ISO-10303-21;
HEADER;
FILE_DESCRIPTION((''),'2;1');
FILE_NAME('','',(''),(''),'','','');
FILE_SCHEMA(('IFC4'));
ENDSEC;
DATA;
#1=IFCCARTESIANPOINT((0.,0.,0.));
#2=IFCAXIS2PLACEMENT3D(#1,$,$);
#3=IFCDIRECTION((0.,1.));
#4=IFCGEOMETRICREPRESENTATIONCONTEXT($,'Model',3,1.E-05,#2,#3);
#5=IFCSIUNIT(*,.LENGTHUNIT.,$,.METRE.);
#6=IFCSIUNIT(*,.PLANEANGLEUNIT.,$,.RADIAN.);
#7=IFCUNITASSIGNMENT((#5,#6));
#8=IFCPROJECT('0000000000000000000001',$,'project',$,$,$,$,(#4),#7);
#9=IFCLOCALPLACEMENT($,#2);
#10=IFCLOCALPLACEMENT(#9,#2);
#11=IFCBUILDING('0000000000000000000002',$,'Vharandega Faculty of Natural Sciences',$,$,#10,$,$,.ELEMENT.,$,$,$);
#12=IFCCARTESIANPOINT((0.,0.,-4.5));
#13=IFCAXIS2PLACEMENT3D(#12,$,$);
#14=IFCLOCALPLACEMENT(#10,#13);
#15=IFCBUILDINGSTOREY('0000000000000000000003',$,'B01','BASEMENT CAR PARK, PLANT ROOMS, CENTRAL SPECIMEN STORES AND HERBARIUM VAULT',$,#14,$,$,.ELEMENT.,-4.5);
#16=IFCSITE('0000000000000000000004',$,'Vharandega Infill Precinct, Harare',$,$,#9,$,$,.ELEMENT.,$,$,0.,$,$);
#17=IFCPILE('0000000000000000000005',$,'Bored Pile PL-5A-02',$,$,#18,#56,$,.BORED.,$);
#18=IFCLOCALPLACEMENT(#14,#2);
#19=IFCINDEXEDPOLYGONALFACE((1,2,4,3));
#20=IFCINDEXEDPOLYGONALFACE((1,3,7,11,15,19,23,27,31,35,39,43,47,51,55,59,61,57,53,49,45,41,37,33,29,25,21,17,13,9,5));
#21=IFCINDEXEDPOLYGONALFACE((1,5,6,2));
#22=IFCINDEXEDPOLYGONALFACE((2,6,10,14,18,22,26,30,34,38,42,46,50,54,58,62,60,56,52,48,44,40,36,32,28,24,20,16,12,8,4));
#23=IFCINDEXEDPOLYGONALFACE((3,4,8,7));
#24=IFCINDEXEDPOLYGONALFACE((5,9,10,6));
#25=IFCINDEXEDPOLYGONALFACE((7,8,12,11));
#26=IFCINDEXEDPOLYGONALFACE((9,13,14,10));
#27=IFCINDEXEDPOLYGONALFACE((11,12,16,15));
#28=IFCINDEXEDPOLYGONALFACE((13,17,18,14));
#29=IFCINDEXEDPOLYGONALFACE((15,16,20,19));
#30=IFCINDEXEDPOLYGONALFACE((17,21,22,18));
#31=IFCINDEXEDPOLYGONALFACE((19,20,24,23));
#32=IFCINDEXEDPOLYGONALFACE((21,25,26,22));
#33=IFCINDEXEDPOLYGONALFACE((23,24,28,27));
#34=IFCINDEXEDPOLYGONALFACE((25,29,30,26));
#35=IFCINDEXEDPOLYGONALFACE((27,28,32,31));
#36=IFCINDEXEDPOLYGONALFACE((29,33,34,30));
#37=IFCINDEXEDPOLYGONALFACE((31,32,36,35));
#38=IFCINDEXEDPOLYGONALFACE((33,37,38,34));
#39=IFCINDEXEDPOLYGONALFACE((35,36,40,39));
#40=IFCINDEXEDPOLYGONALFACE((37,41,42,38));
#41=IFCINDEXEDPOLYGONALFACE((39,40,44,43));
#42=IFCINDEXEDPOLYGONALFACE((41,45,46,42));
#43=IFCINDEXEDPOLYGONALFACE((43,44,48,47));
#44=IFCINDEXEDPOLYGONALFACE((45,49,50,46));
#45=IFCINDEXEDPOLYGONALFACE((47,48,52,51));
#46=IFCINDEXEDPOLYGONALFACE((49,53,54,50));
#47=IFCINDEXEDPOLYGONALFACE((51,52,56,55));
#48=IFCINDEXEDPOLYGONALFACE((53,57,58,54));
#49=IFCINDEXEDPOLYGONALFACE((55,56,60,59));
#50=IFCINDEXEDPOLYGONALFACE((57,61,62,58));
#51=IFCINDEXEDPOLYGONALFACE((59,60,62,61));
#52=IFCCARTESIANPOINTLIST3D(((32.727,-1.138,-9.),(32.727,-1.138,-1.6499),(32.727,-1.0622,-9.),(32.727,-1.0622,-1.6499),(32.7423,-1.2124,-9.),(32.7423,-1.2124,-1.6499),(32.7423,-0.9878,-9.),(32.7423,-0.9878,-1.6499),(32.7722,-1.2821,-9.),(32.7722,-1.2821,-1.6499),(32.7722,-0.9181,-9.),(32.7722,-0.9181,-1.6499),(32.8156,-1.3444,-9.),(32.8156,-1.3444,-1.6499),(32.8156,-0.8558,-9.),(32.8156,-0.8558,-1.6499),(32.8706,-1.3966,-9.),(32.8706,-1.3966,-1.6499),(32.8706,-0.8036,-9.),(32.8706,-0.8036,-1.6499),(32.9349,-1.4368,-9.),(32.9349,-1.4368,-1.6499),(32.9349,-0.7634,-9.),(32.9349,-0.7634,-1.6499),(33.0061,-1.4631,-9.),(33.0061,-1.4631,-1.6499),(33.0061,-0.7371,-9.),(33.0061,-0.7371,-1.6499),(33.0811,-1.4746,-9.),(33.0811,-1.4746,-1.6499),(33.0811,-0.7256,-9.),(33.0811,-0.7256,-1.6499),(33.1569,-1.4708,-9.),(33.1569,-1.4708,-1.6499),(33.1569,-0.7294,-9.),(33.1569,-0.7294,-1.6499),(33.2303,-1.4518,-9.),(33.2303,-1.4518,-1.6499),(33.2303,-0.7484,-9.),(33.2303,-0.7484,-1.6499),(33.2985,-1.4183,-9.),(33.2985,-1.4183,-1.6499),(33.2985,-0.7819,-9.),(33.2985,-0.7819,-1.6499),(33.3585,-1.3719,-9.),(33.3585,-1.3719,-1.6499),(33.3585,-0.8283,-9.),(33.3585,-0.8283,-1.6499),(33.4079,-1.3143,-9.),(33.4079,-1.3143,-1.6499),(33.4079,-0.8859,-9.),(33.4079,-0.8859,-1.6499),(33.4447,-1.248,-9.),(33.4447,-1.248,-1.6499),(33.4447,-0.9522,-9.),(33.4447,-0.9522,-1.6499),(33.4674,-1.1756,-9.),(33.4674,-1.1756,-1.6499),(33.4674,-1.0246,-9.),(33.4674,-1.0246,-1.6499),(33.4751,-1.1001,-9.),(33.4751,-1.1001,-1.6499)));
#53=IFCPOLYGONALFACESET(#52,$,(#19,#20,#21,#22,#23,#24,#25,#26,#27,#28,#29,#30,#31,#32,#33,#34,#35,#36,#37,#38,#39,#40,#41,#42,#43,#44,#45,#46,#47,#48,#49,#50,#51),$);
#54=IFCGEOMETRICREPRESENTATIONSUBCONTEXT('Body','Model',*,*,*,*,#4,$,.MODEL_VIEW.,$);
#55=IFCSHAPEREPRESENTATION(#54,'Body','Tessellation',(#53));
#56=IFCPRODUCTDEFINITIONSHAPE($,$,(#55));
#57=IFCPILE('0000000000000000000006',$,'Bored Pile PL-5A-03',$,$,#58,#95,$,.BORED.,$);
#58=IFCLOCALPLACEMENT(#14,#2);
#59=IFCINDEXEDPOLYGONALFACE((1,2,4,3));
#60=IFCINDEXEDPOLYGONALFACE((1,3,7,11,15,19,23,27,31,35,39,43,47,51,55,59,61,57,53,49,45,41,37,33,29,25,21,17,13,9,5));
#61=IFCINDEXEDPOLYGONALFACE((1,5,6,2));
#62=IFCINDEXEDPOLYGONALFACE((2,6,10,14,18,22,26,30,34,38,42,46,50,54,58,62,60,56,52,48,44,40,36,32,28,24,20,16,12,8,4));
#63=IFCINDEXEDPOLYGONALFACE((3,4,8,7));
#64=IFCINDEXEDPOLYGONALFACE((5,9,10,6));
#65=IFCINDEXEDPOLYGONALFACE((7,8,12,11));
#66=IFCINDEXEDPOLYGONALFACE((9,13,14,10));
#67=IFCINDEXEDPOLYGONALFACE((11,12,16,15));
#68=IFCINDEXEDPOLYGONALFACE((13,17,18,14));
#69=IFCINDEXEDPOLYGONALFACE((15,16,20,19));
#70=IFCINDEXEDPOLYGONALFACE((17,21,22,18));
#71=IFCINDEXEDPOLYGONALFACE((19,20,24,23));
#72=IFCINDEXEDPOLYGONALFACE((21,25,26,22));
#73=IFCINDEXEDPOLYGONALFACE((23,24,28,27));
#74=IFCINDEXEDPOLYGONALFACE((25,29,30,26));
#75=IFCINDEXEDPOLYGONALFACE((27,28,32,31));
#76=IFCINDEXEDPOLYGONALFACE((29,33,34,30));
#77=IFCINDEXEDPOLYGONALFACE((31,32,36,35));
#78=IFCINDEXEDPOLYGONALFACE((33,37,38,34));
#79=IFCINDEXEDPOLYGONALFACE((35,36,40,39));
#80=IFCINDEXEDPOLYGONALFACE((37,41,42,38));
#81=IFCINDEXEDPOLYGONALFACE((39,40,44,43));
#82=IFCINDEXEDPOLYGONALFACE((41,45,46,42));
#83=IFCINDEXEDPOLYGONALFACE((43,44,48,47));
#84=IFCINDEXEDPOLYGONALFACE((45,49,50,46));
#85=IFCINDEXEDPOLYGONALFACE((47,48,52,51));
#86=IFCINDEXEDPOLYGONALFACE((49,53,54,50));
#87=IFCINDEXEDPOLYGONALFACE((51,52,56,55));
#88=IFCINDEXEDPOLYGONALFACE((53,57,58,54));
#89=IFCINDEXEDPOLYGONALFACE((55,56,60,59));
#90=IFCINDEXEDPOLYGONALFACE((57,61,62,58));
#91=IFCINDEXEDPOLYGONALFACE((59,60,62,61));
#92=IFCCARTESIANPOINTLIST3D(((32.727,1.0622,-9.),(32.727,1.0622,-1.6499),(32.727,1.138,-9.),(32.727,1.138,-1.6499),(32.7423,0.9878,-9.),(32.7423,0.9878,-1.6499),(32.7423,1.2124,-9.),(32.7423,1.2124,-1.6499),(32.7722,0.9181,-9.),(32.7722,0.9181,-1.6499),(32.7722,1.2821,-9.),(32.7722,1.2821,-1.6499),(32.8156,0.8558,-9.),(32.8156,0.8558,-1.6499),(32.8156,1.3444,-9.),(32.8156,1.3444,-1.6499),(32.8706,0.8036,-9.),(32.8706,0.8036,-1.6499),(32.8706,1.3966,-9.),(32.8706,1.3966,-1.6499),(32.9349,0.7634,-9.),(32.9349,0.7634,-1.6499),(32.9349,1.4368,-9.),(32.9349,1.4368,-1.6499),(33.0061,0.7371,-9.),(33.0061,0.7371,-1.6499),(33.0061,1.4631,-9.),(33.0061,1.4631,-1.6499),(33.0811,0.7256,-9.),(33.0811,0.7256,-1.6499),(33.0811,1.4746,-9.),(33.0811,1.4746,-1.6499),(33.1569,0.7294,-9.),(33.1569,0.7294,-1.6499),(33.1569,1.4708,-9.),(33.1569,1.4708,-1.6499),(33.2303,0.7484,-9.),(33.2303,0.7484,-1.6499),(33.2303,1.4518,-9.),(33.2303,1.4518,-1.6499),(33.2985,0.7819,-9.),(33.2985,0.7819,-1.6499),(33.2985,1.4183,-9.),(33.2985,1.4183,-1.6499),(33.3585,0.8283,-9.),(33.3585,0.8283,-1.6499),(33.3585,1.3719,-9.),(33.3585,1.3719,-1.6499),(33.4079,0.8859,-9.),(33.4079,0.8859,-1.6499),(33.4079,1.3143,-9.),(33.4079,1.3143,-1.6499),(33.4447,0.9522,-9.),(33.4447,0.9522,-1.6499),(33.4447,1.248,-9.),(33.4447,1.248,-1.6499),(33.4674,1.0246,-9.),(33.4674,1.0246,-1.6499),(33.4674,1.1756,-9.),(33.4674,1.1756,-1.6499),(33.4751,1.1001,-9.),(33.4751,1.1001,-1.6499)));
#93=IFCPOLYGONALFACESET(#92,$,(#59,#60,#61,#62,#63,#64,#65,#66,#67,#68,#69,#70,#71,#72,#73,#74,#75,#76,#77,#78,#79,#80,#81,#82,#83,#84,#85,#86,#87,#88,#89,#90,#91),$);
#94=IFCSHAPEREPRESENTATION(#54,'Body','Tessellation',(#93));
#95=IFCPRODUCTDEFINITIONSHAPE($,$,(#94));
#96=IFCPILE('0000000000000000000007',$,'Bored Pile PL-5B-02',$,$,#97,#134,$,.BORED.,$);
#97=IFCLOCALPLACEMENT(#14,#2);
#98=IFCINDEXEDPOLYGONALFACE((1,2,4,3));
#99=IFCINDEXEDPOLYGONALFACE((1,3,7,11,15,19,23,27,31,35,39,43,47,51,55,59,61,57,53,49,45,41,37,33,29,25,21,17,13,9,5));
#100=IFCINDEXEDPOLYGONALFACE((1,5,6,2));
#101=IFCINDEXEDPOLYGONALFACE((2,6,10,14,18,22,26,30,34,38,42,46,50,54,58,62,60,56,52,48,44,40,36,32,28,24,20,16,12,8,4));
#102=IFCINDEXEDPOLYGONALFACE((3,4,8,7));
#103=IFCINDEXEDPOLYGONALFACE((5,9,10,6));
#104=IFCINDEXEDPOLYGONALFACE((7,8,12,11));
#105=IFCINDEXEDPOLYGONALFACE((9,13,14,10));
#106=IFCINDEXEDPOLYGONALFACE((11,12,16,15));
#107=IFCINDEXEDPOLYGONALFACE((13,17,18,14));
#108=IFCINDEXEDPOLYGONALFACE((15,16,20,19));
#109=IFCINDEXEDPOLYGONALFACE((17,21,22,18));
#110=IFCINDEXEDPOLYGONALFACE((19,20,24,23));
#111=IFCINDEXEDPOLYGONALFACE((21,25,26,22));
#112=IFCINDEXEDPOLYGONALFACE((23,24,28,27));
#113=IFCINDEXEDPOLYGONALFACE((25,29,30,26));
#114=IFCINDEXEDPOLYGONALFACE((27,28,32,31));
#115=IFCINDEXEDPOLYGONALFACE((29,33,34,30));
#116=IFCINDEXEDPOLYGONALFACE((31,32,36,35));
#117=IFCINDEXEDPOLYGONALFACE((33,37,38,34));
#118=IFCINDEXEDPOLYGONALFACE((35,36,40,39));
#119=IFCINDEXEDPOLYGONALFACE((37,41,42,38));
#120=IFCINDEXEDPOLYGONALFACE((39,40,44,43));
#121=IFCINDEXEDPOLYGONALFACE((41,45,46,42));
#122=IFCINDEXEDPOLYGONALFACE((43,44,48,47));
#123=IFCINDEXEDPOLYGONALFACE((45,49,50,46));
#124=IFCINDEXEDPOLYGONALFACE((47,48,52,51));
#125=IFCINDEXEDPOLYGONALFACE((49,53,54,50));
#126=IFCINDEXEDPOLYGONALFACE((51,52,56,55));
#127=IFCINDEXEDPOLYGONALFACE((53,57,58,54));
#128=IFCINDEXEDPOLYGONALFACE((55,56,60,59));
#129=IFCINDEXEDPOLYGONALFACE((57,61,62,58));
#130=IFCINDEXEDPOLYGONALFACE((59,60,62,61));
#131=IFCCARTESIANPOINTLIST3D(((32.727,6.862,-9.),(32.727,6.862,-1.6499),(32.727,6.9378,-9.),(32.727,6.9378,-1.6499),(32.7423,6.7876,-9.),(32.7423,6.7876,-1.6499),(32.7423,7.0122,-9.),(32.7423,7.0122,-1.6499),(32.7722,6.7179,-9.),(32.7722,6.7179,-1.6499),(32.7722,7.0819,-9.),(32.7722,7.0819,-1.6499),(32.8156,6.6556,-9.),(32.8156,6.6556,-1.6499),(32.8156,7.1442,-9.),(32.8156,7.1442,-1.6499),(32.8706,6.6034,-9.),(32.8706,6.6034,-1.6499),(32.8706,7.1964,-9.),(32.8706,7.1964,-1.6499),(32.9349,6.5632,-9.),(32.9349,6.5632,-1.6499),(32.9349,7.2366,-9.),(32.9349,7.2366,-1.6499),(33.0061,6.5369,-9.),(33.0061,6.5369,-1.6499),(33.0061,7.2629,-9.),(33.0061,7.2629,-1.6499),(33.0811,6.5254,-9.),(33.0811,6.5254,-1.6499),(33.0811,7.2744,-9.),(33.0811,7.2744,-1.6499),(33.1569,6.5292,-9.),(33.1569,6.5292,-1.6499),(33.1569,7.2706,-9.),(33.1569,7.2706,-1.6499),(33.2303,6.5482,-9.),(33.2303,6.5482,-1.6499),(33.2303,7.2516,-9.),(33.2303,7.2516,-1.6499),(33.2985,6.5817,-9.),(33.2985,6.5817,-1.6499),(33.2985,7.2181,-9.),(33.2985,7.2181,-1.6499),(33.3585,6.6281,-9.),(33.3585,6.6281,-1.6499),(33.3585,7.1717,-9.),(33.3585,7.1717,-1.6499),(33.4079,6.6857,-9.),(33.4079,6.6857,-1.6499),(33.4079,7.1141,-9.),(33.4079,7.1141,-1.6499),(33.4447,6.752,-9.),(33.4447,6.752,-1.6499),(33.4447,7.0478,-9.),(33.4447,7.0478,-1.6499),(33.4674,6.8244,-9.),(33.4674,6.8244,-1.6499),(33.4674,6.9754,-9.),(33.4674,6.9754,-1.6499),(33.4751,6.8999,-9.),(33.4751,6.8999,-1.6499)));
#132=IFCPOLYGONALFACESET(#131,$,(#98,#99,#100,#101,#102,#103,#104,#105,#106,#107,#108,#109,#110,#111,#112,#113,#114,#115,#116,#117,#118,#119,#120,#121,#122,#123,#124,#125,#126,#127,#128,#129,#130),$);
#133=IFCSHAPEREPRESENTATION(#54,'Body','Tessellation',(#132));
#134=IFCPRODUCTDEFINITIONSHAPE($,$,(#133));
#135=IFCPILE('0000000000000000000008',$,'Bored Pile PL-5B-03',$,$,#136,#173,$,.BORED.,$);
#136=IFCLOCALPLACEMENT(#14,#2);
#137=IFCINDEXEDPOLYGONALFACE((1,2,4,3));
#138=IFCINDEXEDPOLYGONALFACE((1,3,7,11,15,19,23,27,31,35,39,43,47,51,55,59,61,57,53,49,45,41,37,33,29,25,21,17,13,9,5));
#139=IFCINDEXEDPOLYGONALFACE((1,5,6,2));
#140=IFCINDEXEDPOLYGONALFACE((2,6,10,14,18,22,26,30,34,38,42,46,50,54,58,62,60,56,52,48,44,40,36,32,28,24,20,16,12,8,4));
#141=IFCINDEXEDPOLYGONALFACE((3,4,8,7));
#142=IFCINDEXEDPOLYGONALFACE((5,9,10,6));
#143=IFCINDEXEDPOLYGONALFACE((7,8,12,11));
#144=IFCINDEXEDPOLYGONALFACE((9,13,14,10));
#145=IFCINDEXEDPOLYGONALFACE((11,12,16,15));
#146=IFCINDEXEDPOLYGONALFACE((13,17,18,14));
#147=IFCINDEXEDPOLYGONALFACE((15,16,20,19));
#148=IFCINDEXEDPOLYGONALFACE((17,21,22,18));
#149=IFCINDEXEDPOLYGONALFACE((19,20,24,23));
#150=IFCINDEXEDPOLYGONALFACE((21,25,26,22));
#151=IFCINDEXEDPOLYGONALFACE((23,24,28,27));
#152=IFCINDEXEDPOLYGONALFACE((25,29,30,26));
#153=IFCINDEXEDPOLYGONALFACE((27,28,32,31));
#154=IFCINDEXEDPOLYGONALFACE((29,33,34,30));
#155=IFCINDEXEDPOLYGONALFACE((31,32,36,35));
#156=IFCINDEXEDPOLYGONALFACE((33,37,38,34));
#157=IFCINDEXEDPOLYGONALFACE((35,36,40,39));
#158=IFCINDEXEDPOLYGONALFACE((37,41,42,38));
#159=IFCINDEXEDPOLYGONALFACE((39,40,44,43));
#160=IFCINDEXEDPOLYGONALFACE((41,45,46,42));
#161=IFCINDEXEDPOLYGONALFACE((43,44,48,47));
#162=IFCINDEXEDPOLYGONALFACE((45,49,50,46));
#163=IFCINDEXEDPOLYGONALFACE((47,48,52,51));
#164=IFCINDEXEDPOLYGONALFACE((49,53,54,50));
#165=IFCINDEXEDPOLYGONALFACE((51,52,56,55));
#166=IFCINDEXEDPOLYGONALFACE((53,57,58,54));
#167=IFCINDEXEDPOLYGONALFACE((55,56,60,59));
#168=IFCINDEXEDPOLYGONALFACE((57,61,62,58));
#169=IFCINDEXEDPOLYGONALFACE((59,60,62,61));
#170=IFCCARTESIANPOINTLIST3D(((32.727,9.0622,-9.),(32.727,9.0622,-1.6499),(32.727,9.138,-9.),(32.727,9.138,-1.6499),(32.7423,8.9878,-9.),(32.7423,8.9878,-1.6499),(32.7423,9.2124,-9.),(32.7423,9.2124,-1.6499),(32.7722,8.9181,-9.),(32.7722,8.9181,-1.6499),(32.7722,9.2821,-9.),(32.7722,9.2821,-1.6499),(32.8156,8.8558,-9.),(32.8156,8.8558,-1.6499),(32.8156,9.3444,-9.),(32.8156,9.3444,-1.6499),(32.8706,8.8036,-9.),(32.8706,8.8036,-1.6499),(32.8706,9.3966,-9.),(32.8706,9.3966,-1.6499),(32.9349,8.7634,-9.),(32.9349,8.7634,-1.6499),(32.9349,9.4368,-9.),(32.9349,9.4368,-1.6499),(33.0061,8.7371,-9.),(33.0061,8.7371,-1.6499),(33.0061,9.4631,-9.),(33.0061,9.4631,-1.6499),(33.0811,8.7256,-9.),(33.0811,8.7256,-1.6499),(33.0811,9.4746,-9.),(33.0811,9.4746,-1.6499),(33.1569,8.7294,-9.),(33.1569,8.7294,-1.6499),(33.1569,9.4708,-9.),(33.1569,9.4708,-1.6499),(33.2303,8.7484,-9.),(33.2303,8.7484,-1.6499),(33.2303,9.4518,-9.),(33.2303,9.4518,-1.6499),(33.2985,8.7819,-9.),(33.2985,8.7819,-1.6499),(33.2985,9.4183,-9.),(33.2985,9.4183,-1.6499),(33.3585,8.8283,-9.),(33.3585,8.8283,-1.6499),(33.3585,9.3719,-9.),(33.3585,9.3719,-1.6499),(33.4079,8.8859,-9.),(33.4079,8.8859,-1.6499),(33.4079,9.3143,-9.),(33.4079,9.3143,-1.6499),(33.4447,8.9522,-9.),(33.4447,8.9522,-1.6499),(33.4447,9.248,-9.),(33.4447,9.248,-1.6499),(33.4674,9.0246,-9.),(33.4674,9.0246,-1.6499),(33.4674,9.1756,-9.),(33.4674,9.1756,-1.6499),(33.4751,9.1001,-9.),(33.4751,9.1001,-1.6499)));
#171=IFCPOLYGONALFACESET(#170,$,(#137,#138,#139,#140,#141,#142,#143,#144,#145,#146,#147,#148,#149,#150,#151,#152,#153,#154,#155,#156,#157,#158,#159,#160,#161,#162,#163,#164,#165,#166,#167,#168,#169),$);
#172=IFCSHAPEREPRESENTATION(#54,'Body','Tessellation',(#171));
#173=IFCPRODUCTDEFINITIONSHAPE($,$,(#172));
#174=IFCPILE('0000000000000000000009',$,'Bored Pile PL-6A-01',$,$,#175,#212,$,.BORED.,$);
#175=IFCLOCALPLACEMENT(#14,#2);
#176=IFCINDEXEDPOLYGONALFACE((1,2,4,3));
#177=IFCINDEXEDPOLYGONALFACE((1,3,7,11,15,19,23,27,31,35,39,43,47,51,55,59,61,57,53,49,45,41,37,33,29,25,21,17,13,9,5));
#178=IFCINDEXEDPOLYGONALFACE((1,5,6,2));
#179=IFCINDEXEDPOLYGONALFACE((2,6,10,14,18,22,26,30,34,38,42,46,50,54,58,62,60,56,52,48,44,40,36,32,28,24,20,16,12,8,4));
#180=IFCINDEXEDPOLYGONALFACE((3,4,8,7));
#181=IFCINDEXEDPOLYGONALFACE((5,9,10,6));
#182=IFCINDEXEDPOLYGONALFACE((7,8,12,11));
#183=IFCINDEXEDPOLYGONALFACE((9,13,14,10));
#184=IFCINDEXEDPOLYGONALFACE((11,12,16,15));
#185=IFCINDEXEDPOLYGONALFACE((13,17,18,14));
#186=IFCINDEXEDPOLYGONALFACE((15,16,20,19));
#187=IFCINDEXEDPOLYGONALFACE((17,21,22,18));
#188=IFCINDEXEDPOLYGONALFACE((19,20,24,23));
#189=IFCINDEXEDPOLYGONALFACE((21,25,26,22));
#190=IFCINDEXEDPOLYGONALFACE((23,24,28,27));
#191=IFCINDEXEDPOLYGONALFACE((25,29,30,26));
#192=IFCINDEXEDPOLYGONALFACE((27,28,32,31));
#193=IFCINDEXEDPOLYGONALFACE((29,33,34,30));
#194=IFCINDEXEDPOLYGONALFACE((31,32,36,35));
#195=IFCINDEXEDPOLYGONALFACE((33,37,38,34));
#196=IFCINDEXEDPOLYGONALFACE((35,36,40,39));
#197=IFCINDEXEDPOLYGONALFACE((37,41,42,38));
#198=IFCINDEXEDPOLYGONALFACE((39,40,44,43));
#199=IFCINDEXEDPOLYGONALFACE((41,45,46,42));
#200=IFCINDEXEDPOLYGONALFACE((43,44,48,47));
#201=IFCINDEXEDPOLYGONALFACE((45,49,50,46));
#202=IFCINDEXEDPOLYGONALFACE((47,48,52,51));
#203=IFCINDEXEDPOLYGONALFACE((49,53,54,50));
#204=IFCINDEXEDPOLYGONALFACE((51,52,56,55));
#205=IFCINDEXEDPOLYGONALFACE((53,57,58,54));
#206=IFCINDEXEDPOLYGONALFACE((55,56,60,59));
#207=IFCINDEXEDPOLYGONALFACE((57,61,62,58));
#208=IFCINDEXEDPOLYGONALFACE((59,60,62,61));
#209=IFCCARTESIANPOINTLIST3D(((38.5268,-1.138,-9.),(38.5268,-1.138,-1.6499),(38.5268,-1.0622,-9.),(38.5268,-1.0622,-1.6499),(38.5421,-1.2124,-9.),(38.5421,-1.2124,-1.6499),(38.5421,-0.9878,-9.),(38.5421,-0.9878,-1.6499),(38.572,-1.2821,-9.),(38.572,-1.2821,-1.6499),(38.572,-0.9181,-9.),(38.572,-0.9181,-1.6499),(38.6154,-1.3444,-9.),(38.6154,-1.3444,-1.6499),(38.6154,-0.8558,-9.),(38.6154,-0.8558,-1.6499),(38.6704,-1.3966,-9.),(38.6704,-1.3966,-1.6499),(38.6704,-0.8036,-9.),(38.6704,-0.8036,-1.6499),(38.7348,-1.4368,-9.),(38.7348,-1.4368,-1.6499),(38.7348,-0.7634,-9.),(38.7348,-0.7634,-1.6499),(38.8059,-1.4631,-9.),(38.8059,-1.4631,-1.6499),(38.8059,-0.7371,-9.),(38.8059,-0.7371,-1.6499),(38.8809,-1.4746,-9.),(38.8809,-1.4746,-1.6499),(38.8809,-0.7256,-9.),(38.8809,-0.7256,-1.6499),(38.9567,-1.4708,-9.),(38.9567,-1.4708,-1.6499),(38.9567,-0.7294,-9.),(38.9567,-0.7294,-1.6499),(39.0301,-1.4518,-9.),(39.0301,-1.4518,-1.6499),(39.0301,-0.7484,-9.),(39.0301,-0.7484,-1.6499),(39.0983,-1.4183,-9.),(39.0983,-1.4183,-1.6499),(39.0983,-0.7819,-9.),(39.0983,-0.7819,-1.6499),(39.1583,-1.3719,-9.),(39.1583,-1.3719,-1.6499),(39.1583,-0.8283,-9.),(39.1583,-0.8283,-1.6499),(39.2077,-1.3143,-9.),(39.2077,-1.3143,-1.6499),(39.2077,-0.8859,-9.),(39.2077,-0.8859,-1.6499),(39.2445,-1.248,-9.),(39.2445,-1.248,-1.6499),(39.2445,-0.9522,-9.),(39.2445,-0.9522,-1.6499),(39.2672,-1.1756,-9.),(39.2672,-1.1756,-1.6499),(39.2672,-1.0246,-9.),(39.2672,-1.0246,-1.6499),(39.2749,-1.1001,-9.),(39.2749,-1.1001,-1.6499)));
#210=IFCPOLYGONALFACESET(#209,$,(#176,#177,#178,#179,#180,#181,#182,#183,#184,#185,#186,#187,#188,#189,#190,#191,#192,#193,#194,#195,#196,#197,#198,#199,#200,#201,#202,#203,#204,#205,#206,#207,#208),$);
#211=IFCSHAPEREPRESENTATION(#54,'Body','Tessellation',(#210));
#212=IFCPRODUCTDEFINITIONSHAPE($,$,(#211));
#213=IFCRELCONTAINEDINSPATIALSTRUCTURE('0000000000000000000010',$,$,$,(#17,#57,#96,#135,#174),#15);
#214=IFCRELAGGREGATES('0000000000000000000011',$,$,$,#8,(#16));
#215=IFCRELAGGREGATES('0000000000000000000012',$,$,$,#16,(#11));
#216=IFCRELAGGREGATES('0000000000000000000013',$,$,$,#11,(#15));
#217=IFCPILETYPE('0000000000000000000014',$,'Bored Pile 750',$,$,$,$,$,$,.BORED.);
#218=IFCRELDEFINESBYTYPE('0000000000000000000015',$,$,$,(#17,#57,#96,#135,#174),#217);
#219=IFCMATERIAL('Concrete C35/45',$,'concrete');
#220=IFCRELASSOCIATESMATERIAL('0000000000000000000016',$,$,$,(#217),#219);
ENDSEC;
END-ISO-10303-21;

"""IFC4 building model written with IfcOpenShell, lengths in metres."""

from ifc_helpers import new_model, si_unit, direction, frame, origin, origin_2d, place, context, subcontext, project, spatial, circle, extrude, material, material_profile, profile_set, type_object, element, save


model = new_model("IFC4")

# Units and contexts
model_context = context("Model", 3, precision=1e-05, world=origin(), true_north=direction((0.0, 1.0)))
body_context = subcontext(model_context, "Body", "Model", "MODEL_VIEW")
ifc_project = project(units=[si_unit("LENGTHUNIT", "METRE"), si_unit("PLANEANGLEUNIT", "RADIAN")], contexts=[model_context])

# Site, building, storey
site_placement = place(None, origin())
site = spatial("IfcSite", under=ifc_project, at=site_placement, Name="Vharandega Infill Precinct, Harare", CompositionType="ELEMENT", RefElevation=0.0)
building_placement = place(site_placement, origin())
building = spatial("IfcBuilding", under=site, at=building_placement, Name="Vharandega Faculty of Natural Sciences", CompositionType="ELEMENT")
storey_placement = place(building_placement, frame((0.0, 0.0, -4.5)))
storey = spatial("IfcBuildingStorey", under=building, at=storey_placement, Name="B01", Description="BASEMENT CAR PARK, PLANT ROOMS, CENTRAL SPECIMEN STORES AND HERBARIUM VAULT", CompositionType="ELEMENT", Elevation=-4.5)

# Piles
ifc_material_1 = material(Name="Concrete C35/45", Category="concrete")
ifc_material_profile_1 = material_profile(ifc_material_1, circle(Radius=0.375, at=origin_2d()), Name="PILE 750")
ifc_profile_set_1 = profile_set([ifc_material_profile_1], Name="Concrete C35/45")
pile_type = type_object("IfcPileType", Name="Bored Pile 750", PredefinedType="BORED", material=ifc_profile_set_1)
for number, where, z_axis, x_axis, name in (
    (1, (33.1001, -1.1001, -1.6499), (0.0, 0.0, -1.0), (1.0, 0.0, 0.0), "Bored Pile PL-5A-02"),
    (2, (33.1001, 1.1001, -1.6499), (0.0, 0.0, -1.0), (1.0, 0.0, 0.0), "Bored Pile PL-5A-03"),
    (3, (33.1001, 6.8999, -1.6499), (0.0, 0.0, -1.0), (1.0, 0.0, 0.0), "Bored Pile PL-5B-02"),
    (4, (33.1001, 9.1001, -1.6499), (0.0, 0.0, -1.0), (1.0, 0.0, 0.0), "Bored Pile PL-5B-03"),
    (5, (38.8999, -1.1001, -1.6499), (0.0, 0.0, -1.0), (1.0, 0.0, 0.0), "Bored Pile PL-6A-01"),
):
    element("IfcPile", number, at=place(storey_placement, frame(where, z_axis=z_axis, x_axis=x_axis)), inside=storey, type_object=pile_type, Name=name, PredefinedType="BORED", context=body_context, shape_type="SweptSolid", body=[
        extrude(circle(Radius=0.375, at=origin_2d()), origin(), (0.0, 0.0, 1.0), 7.3501),
    ])

save(model, "model.ifc")
